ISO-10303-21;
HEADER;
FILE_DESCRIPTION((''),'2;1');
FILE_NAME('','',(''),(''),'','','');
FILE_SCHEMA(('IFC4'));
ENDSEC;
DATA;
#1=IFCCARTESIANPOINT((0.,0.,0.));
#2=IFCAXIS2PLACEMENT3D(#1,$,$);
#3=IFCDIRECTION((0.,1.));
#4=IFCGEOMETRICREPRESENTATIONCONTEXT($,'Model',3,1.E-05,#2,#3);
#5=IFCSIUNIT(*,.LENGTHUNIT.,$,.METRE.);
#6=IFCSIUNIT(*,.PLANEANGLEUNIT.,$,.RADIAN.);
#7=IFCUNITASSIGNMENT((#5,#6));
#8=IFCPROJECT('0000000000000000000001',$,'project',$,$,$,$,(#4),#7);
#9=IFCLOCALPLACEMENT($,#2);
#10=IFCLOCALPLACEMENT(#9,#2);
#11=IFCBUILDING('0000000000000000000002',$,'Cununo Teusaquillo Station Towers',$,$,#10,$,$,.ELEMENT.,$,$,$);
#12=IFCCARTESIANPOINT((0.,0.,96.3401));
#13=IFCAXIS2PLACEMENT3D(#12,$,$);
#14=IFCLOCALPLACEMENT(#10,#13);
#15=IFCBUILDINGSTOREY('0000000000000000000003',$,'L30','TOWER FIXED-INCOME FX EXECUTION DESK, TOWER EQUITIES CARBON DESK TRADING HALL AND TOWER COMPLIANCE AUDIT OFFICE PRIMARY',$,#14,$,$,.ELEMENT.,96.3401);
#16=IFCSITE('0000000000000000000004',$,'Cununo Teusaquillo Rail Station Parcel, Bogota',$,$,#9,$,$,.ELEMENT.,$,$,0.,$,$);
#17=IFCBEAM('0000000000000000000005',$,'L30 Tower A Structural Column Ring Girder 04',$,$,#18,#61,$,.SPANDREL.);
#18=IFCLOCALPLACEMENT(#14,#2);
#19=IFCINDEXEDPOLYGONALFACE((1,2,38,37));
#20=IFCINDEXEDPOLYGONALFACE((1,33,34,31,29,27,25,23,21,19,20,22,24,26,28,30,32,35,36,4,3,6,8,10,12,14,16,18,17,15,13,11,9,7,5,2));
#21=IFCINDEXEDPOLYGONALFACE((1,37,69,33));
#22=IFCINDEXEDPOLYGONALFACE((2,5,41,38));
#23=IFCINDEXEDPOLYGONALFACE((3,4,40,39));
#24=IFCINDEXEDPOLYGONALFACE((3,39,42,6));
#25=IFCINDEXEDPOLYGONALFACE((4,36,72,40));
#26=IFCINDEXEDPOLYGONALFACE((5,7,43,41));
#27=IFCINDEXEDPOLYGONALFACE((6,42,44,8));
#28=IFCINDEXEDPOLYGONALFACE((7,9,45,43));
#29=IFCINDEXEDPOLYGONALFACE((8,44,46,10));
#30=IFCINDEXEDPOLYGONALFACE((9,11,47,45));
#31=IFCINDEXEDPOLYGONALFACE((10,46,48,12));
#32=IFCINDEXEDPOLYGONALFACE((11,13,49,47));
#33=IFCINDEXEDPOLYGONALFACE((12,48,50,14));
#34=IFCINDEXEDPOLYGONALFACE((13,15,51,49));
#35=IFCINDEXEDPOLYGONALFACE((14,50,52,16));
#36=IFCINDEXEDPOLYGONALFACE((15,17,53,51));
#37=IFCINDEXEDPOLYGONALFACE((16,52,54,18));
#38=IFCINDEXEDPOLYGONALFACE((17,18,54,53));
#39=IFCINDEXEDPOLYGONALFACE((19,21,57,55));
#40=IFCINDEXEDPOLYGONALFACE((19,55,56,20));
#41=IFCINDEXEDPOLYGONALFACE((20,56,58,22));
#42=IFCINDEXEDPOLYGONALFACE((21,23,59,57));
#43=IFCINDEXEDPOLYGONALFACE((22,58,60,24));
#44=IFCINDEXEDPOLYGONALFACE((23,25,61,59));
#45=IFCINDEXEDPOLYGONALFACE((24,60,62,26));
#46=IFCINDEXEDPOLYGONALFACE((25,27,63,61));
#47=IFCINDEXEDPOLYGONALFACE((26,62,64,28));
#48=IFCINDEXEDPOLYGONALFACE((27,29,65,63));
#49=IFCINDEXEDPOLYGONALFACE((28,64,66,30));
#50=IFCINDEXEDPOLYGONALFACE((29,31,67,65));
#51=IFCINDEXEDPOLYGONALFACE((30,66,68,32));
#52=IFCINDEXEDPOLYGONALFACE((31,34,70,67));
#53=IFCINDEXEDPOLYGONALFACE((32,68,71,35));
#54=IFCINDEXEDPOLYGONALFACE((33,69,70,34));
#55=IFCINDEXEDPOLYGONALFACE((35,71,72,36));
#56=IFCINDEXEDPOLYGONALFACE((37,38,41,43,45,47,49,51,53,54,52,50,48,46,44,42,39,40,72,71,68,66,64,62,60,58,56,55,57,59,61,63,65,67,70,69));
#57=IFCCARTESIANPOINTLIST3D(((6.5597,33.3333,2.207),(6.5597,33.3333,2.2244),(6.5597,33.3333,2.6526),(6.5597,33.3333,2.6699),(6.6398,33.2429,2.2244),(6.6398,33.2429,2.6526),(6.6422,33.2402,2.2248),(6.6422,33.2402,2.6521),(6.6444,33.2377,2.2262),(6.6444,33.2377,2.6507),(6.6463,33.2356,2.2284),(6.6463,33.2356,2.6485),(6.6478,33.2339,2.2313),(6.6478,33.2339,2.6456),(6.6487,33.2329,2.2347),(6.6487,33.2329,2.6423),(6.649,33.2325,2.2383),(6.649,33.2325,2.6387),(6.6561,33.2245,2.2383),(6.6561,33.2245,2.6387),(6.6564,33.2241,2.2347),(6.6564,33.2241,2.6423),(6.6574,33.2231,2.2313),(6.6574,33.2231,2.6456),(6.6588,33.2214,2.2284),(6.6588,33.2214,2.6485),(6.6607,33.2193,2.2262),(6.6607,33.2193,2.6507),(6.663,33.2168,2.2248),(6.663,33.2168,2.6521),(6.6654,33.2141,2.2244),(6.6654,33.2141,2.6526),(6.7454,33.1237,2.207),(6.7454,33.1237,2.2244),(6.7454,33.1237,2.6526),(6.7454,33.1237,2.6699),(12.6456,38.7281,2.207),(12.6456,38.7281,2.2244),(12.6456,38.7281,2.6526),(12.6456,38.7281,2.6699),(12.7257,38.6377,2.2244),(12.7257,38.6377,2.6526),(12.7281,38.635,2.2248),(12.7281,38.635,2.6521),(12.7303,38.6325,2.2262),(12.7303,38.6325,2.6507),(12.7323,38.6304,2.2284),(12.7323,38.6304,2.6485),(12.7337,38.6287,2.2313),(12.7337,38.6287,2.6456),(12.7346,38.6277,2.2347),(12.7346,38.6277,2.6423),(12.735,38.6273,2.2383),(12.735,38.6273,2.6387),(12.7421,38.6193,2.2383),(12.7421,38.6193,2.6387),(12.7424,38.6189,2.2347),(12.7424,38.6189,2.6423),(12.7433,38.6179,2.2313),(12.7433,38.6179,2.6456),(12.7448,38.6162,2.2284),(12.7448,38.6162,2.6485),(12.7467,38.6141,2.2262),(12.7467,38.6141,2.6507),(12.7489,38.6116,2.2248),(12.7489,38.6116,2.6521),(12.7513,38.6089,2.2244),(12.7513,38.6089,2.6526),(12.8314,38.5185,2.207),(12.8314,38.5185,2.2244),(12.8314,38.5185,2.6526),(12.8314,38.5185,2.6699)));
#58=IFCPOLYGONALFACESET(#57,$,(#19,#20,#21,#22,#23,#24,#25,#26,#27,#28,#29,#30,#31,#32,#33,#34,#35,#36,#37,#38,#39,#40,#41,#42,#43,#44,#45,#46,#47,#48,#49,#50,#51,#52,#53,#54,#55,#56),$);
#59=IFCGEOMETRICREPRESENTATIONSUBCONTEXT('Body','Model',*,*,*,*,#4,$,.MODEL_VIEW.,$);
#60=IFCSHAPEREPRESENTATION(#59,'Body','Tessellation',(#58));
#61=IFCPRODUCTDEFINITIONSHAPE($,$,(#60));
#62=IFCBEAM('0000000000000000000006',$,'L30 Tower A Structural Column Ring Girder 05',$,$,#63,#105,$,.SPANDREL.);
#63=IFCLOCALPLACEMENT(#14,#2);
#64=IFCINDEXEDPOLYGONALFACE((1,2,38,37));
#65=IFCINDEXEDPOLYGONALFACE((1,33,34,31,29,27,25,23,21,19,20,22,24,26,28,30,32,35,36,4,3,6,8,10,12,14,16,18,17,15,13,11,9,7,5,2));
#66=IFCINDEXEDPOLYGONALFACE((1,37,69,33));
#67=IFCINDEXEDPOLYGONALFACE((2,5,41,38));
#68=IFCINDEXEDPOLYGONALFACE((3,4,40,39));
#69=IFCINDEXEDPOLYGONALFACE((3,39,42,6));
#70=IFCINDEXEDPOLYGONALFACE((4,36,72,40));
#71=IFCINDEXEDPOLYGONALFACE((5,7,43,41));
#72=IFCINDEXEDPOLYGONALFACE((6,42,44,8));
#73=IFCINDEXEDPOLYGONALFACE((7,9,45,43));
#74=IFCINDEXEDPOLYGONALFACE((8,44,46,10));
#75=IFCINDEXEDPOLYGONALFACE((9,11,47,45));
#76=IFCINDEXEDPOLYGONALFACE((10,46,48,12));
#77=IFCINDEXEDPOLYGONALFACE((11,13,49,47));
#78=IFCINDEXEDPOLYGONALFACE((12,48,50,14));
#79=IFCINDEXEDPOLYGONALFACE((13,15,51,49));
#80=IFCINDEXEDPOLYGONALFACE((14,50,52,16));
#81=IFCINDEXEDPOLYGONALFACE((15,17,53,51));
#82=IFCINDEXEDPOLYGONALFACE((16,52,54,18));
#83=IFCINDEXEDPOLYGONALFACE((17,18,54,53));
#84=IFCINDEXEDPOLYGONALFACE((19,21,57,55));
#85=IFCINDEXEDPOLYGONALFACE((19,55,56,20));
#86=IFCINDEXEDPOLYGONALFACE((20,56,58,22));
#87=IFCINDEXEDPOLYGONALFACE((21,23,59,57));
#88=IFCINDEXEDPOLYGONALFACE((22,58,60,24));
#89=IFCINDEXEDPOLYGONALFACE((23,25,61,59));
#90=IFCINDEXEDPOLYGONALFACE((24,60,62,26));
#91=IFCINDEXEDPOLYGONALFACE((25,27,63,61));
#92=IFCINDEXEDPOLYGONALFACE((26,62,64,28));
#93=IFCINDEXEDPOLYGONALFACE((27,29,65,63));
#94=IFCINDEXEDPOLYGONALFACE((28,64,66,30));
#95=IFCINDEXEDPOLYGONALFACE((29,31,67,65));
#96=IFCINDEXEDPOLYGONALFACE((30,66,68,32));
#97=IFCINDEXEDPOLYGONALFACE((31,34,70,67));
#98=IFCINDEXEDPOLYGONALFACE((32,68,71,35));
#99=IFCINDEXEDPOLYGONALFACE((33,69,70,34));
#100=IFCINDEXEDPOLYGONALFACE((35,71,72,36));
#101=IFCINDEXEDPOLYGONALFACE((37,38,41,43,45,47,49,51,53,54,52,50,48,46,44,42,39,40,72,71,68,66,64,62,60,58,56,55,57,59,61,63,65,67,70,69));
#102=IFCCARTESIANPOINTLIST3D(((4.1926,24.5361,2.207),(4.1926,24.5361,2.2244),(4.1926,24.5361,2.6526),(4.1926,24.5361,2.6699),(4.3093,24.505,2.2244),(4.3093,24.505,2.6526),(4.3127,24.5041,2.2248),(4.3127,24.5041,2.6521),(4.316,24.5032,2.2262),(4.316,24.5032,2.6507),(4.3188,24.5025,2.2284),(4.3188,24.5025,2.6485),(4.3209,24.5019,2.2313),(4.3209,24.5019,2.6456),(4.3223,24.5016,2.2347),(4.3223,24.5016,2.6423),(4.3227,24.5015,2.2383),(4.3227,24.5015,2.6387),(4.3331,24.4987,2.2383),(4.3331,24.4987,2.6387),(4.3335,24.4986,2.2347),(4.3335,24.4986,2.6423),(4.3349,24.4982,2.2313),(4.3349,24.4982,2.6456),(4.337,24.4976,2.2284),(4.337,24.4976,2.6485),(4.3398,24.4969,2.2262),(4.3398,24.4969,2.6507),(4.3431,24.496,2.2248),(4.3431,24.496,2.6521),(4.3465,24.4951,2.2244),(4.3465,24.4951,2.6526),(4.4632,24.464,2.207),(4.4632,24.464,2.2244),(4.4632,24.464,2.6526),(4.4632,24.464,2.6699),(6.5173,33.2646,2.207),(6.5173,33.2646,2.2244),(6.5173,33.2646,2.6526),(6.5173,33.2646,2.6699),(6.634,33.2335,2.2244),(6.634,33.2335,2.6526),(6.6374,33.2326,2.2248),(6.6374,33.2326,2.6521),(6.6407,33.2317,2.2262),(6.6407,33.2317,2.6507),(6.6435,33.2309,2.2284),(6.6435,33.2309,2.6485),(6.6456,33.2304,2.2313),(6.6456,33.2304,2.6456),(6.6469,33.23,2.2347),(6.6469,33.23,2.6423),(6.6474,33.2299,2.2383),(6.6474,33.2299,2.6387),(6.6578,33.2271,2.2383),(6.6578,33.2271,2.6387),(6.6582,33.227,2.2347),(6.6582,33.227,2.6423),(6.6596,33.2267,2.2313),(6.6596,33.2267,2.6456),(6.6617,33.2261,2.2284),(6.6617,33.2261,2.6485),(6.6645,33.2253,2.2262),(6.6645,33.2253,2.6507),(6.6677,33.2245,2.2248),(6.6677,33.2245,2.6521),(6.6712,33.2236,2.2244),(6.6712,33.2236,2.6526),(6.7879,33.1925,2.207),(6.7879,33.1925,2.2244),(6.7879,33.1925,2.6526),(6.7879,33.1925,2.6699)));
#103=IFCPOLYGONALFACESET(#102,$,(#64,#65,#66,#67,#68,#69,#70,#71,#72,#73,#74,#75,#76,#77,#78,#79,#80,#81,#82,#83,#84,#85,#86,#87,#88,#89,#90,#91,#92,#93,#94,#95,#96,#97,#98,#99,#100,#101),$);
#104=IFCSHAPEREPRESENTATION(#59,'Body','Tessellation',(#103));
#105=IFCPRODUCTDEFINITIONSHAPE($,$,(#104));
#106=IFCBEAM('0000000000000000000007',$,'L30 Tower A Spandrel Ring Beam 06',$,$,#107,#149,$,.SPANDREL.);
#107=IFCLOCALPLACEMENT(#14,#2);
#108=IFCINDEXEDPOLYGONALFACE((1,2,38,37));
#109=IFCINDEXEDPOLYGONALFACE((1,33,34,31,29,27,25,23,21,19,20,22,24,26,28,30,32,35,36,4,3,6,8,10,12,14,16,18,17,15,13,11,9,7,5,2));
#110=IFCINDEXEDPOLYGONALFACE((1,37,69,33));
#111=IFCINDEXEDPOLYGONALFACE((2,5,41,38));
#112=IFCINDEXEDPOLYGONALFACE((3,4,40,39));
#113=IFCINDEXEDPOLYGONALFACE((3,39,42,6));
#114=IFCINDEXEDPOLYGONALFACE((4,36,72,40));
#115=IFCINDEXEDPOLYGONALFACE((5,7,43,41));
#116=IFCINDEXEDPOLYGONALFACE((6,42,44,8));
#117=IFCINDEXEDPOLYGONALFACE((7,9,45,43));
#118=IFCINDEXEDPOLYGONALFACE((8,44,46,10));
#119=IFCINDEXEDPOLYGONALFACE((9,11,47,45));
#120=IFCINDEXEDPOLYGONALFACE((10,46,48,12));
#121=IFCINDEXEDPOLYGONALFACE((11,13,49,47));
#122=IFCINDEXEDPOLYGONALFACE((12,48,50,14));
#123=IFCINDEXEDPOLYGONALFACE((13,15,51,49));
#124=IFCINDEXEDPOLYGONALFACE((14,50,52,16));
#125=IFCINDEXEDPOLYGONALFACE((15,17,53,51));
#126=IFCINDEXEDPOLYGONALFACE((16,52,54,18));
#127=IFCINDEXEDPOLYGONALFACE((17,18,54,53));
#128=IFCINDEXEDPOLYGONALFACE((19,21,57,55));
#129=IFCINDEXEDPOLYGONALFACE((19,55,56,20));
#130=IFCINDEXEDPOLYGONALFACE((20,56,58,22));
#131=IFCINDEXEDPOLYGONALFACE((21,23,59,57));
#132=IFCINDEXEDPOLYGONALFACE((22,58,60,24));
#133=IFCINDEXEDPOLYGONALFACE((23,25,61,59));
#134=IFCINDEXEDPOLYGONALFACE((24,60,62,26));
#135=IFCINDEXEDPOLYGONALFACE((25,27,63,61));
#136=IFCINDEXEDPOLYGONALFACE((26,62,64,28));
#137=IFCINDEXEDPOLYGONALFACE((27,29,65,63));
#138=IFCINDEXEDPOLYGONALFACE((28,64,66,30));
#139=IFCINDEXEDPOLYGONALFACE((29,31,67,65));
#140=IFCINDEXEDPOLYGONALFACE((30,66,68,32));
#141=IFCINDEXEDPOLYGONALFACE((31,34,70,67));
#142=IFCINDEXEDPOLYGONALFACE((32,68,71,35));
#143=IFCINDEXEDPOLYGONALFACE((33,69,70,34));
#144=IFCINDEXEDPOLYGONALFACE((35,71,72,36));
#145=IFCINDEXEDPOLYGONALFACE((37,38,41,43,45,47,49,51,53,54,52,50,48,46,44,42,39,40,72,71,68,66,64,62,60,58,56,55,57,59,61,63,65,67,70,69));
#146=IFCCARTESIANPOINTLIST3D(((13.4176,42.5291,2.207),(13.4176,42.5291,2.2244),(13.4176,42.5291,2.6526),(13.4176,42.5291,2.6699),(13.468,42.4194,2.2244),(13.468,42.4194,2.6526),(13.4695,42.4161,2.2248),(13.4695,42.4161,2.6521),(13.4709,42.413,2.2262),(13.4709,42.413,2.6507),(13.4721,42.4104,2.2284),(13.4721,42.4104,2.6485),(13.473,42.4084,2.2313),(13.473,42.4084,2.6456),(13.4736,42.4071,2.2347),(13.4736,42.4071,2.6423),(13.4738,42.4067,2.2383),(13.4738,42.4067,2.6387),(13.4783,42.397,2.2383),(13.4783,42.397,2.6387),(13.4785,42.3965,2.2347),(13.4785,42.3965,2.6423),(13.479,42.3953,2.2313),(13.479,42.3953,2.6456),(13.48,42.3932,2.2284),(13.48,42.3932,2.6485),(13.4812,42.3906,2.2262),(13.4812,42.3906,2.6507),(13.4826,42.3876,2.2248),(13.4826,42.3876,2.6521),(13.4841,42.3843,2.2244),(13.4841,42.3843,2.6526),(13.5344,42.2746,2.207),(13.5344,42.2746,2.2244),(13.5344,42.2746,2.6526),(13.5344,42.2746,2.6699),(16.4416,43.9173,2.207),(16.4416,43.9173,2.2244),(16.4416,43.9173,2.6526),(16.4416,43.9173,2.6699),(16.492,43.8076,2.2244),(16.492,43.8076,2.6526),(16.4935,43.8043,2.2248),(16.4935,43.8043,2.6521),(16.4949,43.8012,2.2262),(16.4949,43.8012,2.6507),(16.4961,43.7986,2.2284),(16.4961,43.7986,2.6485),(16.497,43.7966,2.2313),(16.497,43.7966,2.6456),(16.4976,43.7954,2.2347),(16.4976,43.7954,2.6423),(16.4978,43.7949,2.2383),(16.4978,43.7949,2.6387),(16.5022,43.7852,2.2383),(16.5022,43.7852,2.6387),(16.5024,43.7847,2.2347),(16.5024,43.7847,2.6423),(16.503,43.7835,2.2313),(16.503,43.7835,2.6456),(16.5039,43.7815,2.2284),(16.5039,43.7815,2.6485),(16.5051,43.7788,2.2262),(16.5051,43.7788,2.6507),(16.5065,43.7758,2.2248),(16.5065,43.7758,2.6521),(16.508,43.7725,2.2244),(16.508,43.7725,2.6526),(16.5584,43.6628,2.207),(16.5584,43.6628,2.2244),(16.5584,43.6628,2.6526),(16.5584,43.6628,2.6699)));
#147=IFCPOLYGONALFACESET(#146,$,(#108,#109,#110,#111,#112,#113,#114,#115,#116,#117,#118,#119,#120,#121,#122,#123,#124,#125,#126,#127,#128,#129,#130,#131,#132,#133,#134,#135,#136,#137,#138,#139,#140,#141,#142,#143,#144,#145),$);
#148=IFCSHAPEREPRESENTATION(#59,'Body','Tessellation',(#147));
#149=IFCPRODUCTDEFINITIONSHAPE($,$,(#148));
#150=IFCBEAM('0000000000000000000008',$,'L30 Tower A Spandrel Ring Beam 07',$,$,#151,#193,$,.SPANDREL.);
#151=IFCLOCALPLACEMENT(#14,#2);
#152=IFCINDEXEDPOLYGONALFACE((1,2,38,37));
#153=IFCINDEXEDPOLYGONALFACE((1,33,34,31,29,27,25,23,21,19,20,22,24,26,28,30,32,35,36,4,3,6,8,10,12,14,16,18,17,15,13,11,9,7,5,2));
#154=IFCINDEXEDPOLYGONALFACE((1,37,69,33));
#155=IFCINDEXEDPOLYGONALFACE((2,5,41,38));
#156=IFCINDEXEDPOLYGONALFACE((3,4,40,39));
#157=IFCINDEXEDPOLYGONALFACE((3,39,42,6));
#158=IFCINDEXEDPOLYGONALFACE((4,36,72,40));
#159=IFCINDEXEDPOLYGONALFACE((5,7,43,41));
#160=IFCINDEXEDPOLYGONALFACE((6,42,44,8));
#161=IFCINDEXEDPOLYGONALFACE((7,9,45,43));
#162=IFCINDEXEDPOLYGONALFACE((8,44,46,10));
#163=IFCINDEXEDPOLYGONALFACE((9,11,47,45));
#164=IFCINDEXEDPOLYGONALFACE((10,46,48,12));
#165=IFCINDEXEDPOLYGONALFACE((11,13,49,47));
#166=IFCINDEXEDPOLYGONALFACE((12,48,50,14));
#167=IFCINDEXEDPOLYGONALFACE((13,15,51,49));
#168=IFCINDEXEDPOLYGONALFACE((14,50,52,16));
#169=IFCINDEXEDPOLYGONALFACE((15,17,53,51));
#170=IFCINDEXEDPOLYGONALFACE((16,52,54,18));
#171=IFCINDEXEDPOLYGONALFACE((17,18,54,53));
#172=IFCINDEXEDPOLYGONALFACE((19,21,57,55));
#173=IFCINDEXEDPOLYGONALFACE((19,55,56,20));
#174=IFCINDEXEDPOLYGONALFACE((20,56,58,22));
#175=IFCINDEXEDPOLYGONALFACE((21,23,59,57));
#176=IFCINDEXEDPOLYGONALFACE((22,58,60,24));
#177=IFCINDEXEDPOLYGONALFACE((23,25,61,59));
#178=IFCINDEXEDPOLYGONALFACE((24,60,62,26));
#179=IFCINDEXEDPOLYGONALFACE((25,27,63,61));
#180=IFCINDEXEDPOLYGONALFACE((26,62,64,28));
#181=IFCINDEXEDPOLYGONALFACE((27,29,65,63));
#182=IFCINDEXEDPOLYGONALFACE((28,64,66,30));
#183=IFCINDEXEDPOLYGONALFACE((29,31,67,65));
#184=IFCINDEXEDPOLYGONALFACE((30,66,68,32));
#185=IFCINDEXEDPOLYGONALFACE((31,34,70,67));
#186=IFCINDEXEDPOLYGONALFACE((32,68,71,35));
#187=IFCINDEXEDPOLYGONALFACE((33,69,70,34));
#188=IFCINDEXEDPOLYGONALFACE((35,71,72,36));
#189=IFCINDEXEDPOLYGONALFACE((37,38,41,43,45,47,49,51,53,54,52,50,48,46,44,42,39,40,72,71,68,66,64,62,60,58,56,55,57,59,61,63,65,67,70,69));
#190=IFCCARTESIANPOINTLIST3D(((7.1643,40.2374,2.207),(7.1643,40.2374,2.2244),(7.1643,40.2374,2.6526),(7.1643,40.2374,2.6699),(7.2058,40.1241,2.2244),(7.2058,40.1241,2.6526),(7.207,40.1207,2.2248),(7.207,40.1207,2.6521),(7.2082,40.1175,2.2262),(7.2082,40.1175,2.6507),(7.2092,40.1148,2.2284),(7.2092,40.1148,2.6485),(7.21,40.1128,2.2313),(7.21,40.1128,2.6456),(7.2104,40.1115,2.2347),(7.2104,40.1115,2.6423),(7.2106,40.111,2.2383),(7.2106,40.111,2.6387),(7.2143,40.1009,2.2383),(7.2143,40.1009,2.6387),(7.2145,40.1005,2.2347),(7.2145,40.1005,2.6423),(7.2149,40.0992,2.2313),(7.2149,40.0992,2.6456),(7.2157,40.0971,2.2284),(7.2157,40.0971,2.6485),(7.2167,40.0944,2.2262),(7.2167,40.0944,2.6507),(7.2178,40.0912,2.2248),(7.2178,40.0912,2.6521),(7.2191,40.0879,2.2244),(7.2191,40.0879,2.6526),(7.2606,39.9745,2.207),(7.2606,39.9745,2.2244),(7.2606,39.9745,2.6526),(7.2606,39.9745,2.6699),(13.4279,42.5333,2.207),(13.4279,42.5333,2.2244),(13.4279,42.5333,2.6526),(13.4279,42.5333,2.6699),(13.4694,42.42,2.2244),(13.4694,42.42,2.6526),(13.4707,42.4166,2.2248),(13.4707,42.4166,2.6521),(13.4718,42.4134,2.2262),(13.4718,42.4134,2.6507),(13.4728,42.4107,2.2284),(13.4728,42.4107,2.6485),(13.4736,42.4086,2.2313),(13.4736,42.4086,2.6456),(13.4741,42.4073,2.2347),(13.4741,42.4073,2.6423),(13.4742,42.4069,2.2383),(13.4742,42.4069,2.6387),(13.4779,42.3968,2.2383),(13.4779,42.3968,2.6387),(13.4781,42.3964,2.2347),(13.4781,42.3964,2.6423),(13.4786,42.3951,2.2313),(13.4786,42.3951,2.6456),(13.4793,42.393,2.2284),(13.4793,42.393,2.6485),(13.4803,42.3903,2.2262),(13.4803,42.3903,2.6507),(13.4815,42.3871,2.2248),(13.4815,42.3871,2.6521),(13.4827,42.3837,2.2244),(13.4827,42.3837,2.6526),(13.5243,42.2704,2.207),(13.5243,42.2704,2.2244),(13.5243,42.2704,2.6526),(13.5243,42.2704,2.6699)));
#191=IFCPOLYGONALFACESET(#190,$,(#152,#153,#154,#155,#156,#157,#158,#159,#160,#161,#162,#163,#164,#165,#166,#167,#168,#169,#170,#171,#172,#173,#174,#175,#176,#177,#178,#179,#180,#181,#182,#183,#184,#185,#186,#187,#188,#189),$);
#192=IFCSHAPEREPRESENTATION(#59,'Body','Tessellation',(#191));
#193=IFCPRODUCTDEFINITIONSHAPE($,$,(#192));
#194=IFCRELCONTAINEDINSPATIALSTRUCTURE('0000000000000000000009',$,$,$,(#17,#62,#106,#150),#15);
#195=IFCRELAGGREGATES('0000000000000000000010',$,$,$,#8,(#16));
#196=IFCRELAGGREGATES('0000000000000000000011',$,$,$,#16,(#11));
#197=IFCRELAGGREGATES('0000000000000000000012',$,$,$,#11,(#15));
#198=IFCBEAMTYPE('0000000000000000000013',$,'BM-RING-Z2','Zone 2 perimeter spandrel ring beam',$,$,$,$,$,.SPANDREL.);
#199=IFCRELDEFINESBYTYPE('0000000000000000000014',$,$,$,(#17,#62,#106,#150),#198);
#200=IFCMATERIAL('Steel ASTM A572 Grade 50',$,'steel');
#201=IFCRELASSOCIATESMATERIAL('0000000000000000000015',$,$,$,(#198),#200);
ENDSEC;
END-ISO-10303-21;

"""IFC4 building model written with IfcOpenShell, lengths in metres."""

from ifc_helpers import new_model, si_unit, direction, frame, origin, origin_2d, place, context, subcontext, project, spatial, i_section, extrude, material, material_profile, profile_set, type_object, element, save


model = new_model("IFC4")

# Units and contexts
model_context = context("Model", 3, precision=1e-05, world=origin(), true_north=direction((0.0, 1.0)))
body_context = subcontext(model_context, "Body", "Model", "MODEL_VIEW")
ifc_project = project(units=[si_unit("LENGTHUNIT", "METRE"), si_unit("PLANEANGLEUNIT", "RADIAN")], contexts=[model_context])

# Site, building, storey
site_placement = place(None, origin())
site = spatial("IfcSite", under=ifc_project, at=site_placement, Name="Cununo Teusaquillo Rail Station Parcel, Bogota", CompositionType="ELEMENT", RefElevation=0.0)
building_placement = place(site_placement, origin())
building = spatial("IfcBuilding", under=site, at=building_placement, Name="Cununo Teusaquillo Station Towers", CompositionType="ELEMENT")
storey_placement = place(building_placement, frame((0.0, 0.0, 96.3401)))
storey = spatial("IfcBuildingStorey", under=building, at=storey_placement, Name="L30", Description="TOWER FIXED-INCOME FX EXECUTION DESK, TOWER EQUITIES CARBON DESK TRADING HALL AND TOWER COMPLIANCE AUDIT OFFICE PRIMARY", CompositionType="ELEMENT", Elevation=96.3401)

# Beams
ifc_material_1 = material(Name="Steel ASTM A572 Grade 50", Category="steel")
ifc_material_profile_1 = material_profile(ifc_material_1, i_section(OverallWidth=0.28, OverallDepth=0.4629, WebThickness=0.0107, FlangeThickness=0.0173, FilletRadius=0.0139, at=origin_2d()), Name="W18X76")
ifc_profile_set_1 = profile_set([ifc_material_profile_1], Name="Steel ASTM A572 Grade 50")
beam_type_1 = type_object("IfcBeamType", Name="BM-RING-Z2", Description="Zone 2 perimeter spandrel ring beam", PredefinedType="SPANDREL", material=ifc_profile_set_1)
beam_1_placement = place(storey_placement, frame((12.7385, 38.6233, 2.4385), z_axis=(-0.748321, -0.663337, 0.0), x_axis=(0.663337, -0.748321, 0.0)))
element("IfcBeam", 1, at=beam_1_placement, inside=storey, type_object=beam_type_1, Name="L30 Tower A Structural Column Ring Girder 04", PredefinedType="SPANDREL", context=body_context, shape_type="SweptSolid", body=[
    extrude(i_section(OverallWidth=0.28, OverallDepth=0.4629, WebThickness=0.0107, FlangeThickness=0.0173, FilletRadius=0.0139, at=origin_2d()), origin(), (0.0, 0.0, 1.0), 8.1328),
])
beam_2_placement = place(storey_placement, frame((6.6526, 33.2285, 2.4385), z_axis=(-0.257363, -0.966315, 0.0), x_axis=(0.966315, -0.257363, 0.0)))
element("IfcBeam", 2, at=beam_2_placement, inside=storey, type_object=beam_type_1, Name="L30 Tower A Structural Column Ring Girder 05", PredefinedType="SPANDREL", context=body_context, shape_type="SweptSolid", body=[
    extrude(i_section(OverallWidth=0.28, OverallDepth=0.4629, WebThickness=0.0107, FlangeThickness=0.0173, FilletRadius=0.0139, at=origin_2d()), origin(), (0.0, 0.0, 1.0), 9.0327),
])
beam_3_placement = place(storey_placement, frame((16.5, 43.79, 2.4385), z_axis=(-0.908812, -0.417205, 0.0), x_axis=(0.417205, -0.908812, 0.0)))
element("IfcBeam", 3, at=beam_3_placement, inside=storey, type_object=beam_type_1, Name="L30 Tower A Spandrel Ring Beam 06", PredefinedType="SPANDREL", context=body_context, shape_type="SweptSolid", body=[
    extrude(i_section(OverallWidth=0.28, OverallDepth=0.4629, WebThickness=0.0107, FlangeThickness=0.0173, FilletRadius=0.0139, at=origin_2d()), origin(), (0.0, 0.0, 1.0), 3.3274),
])
beam_4_placement = place(storey_placement, frame((13.4761, 42.4019, 2.4385), z_axis=(-0.938914, -0.344151, 0.0), x_axis=(0.344151, -0.938914, 0.0)))
element("IfcBeam", 4, at=beam_4_placement, inside=storey, type_object=beam_type_1, Name="L30 Tower A Spandrel Ring Beam 07", PredefinedType="SPANDREL", context=body_context, shape_type="SweptSolid", body=[
    extrude(i_section(OverallWidth=0.28, OverallDepth=0.4629, WebThickness=0.0107, FlangeThickness=0.0173, FilletRadius=0.0139, at=origin_2d()), origin(), (0.0, 0.0, 1.0), 6.6711),
])

save(model, "model.ifc")
